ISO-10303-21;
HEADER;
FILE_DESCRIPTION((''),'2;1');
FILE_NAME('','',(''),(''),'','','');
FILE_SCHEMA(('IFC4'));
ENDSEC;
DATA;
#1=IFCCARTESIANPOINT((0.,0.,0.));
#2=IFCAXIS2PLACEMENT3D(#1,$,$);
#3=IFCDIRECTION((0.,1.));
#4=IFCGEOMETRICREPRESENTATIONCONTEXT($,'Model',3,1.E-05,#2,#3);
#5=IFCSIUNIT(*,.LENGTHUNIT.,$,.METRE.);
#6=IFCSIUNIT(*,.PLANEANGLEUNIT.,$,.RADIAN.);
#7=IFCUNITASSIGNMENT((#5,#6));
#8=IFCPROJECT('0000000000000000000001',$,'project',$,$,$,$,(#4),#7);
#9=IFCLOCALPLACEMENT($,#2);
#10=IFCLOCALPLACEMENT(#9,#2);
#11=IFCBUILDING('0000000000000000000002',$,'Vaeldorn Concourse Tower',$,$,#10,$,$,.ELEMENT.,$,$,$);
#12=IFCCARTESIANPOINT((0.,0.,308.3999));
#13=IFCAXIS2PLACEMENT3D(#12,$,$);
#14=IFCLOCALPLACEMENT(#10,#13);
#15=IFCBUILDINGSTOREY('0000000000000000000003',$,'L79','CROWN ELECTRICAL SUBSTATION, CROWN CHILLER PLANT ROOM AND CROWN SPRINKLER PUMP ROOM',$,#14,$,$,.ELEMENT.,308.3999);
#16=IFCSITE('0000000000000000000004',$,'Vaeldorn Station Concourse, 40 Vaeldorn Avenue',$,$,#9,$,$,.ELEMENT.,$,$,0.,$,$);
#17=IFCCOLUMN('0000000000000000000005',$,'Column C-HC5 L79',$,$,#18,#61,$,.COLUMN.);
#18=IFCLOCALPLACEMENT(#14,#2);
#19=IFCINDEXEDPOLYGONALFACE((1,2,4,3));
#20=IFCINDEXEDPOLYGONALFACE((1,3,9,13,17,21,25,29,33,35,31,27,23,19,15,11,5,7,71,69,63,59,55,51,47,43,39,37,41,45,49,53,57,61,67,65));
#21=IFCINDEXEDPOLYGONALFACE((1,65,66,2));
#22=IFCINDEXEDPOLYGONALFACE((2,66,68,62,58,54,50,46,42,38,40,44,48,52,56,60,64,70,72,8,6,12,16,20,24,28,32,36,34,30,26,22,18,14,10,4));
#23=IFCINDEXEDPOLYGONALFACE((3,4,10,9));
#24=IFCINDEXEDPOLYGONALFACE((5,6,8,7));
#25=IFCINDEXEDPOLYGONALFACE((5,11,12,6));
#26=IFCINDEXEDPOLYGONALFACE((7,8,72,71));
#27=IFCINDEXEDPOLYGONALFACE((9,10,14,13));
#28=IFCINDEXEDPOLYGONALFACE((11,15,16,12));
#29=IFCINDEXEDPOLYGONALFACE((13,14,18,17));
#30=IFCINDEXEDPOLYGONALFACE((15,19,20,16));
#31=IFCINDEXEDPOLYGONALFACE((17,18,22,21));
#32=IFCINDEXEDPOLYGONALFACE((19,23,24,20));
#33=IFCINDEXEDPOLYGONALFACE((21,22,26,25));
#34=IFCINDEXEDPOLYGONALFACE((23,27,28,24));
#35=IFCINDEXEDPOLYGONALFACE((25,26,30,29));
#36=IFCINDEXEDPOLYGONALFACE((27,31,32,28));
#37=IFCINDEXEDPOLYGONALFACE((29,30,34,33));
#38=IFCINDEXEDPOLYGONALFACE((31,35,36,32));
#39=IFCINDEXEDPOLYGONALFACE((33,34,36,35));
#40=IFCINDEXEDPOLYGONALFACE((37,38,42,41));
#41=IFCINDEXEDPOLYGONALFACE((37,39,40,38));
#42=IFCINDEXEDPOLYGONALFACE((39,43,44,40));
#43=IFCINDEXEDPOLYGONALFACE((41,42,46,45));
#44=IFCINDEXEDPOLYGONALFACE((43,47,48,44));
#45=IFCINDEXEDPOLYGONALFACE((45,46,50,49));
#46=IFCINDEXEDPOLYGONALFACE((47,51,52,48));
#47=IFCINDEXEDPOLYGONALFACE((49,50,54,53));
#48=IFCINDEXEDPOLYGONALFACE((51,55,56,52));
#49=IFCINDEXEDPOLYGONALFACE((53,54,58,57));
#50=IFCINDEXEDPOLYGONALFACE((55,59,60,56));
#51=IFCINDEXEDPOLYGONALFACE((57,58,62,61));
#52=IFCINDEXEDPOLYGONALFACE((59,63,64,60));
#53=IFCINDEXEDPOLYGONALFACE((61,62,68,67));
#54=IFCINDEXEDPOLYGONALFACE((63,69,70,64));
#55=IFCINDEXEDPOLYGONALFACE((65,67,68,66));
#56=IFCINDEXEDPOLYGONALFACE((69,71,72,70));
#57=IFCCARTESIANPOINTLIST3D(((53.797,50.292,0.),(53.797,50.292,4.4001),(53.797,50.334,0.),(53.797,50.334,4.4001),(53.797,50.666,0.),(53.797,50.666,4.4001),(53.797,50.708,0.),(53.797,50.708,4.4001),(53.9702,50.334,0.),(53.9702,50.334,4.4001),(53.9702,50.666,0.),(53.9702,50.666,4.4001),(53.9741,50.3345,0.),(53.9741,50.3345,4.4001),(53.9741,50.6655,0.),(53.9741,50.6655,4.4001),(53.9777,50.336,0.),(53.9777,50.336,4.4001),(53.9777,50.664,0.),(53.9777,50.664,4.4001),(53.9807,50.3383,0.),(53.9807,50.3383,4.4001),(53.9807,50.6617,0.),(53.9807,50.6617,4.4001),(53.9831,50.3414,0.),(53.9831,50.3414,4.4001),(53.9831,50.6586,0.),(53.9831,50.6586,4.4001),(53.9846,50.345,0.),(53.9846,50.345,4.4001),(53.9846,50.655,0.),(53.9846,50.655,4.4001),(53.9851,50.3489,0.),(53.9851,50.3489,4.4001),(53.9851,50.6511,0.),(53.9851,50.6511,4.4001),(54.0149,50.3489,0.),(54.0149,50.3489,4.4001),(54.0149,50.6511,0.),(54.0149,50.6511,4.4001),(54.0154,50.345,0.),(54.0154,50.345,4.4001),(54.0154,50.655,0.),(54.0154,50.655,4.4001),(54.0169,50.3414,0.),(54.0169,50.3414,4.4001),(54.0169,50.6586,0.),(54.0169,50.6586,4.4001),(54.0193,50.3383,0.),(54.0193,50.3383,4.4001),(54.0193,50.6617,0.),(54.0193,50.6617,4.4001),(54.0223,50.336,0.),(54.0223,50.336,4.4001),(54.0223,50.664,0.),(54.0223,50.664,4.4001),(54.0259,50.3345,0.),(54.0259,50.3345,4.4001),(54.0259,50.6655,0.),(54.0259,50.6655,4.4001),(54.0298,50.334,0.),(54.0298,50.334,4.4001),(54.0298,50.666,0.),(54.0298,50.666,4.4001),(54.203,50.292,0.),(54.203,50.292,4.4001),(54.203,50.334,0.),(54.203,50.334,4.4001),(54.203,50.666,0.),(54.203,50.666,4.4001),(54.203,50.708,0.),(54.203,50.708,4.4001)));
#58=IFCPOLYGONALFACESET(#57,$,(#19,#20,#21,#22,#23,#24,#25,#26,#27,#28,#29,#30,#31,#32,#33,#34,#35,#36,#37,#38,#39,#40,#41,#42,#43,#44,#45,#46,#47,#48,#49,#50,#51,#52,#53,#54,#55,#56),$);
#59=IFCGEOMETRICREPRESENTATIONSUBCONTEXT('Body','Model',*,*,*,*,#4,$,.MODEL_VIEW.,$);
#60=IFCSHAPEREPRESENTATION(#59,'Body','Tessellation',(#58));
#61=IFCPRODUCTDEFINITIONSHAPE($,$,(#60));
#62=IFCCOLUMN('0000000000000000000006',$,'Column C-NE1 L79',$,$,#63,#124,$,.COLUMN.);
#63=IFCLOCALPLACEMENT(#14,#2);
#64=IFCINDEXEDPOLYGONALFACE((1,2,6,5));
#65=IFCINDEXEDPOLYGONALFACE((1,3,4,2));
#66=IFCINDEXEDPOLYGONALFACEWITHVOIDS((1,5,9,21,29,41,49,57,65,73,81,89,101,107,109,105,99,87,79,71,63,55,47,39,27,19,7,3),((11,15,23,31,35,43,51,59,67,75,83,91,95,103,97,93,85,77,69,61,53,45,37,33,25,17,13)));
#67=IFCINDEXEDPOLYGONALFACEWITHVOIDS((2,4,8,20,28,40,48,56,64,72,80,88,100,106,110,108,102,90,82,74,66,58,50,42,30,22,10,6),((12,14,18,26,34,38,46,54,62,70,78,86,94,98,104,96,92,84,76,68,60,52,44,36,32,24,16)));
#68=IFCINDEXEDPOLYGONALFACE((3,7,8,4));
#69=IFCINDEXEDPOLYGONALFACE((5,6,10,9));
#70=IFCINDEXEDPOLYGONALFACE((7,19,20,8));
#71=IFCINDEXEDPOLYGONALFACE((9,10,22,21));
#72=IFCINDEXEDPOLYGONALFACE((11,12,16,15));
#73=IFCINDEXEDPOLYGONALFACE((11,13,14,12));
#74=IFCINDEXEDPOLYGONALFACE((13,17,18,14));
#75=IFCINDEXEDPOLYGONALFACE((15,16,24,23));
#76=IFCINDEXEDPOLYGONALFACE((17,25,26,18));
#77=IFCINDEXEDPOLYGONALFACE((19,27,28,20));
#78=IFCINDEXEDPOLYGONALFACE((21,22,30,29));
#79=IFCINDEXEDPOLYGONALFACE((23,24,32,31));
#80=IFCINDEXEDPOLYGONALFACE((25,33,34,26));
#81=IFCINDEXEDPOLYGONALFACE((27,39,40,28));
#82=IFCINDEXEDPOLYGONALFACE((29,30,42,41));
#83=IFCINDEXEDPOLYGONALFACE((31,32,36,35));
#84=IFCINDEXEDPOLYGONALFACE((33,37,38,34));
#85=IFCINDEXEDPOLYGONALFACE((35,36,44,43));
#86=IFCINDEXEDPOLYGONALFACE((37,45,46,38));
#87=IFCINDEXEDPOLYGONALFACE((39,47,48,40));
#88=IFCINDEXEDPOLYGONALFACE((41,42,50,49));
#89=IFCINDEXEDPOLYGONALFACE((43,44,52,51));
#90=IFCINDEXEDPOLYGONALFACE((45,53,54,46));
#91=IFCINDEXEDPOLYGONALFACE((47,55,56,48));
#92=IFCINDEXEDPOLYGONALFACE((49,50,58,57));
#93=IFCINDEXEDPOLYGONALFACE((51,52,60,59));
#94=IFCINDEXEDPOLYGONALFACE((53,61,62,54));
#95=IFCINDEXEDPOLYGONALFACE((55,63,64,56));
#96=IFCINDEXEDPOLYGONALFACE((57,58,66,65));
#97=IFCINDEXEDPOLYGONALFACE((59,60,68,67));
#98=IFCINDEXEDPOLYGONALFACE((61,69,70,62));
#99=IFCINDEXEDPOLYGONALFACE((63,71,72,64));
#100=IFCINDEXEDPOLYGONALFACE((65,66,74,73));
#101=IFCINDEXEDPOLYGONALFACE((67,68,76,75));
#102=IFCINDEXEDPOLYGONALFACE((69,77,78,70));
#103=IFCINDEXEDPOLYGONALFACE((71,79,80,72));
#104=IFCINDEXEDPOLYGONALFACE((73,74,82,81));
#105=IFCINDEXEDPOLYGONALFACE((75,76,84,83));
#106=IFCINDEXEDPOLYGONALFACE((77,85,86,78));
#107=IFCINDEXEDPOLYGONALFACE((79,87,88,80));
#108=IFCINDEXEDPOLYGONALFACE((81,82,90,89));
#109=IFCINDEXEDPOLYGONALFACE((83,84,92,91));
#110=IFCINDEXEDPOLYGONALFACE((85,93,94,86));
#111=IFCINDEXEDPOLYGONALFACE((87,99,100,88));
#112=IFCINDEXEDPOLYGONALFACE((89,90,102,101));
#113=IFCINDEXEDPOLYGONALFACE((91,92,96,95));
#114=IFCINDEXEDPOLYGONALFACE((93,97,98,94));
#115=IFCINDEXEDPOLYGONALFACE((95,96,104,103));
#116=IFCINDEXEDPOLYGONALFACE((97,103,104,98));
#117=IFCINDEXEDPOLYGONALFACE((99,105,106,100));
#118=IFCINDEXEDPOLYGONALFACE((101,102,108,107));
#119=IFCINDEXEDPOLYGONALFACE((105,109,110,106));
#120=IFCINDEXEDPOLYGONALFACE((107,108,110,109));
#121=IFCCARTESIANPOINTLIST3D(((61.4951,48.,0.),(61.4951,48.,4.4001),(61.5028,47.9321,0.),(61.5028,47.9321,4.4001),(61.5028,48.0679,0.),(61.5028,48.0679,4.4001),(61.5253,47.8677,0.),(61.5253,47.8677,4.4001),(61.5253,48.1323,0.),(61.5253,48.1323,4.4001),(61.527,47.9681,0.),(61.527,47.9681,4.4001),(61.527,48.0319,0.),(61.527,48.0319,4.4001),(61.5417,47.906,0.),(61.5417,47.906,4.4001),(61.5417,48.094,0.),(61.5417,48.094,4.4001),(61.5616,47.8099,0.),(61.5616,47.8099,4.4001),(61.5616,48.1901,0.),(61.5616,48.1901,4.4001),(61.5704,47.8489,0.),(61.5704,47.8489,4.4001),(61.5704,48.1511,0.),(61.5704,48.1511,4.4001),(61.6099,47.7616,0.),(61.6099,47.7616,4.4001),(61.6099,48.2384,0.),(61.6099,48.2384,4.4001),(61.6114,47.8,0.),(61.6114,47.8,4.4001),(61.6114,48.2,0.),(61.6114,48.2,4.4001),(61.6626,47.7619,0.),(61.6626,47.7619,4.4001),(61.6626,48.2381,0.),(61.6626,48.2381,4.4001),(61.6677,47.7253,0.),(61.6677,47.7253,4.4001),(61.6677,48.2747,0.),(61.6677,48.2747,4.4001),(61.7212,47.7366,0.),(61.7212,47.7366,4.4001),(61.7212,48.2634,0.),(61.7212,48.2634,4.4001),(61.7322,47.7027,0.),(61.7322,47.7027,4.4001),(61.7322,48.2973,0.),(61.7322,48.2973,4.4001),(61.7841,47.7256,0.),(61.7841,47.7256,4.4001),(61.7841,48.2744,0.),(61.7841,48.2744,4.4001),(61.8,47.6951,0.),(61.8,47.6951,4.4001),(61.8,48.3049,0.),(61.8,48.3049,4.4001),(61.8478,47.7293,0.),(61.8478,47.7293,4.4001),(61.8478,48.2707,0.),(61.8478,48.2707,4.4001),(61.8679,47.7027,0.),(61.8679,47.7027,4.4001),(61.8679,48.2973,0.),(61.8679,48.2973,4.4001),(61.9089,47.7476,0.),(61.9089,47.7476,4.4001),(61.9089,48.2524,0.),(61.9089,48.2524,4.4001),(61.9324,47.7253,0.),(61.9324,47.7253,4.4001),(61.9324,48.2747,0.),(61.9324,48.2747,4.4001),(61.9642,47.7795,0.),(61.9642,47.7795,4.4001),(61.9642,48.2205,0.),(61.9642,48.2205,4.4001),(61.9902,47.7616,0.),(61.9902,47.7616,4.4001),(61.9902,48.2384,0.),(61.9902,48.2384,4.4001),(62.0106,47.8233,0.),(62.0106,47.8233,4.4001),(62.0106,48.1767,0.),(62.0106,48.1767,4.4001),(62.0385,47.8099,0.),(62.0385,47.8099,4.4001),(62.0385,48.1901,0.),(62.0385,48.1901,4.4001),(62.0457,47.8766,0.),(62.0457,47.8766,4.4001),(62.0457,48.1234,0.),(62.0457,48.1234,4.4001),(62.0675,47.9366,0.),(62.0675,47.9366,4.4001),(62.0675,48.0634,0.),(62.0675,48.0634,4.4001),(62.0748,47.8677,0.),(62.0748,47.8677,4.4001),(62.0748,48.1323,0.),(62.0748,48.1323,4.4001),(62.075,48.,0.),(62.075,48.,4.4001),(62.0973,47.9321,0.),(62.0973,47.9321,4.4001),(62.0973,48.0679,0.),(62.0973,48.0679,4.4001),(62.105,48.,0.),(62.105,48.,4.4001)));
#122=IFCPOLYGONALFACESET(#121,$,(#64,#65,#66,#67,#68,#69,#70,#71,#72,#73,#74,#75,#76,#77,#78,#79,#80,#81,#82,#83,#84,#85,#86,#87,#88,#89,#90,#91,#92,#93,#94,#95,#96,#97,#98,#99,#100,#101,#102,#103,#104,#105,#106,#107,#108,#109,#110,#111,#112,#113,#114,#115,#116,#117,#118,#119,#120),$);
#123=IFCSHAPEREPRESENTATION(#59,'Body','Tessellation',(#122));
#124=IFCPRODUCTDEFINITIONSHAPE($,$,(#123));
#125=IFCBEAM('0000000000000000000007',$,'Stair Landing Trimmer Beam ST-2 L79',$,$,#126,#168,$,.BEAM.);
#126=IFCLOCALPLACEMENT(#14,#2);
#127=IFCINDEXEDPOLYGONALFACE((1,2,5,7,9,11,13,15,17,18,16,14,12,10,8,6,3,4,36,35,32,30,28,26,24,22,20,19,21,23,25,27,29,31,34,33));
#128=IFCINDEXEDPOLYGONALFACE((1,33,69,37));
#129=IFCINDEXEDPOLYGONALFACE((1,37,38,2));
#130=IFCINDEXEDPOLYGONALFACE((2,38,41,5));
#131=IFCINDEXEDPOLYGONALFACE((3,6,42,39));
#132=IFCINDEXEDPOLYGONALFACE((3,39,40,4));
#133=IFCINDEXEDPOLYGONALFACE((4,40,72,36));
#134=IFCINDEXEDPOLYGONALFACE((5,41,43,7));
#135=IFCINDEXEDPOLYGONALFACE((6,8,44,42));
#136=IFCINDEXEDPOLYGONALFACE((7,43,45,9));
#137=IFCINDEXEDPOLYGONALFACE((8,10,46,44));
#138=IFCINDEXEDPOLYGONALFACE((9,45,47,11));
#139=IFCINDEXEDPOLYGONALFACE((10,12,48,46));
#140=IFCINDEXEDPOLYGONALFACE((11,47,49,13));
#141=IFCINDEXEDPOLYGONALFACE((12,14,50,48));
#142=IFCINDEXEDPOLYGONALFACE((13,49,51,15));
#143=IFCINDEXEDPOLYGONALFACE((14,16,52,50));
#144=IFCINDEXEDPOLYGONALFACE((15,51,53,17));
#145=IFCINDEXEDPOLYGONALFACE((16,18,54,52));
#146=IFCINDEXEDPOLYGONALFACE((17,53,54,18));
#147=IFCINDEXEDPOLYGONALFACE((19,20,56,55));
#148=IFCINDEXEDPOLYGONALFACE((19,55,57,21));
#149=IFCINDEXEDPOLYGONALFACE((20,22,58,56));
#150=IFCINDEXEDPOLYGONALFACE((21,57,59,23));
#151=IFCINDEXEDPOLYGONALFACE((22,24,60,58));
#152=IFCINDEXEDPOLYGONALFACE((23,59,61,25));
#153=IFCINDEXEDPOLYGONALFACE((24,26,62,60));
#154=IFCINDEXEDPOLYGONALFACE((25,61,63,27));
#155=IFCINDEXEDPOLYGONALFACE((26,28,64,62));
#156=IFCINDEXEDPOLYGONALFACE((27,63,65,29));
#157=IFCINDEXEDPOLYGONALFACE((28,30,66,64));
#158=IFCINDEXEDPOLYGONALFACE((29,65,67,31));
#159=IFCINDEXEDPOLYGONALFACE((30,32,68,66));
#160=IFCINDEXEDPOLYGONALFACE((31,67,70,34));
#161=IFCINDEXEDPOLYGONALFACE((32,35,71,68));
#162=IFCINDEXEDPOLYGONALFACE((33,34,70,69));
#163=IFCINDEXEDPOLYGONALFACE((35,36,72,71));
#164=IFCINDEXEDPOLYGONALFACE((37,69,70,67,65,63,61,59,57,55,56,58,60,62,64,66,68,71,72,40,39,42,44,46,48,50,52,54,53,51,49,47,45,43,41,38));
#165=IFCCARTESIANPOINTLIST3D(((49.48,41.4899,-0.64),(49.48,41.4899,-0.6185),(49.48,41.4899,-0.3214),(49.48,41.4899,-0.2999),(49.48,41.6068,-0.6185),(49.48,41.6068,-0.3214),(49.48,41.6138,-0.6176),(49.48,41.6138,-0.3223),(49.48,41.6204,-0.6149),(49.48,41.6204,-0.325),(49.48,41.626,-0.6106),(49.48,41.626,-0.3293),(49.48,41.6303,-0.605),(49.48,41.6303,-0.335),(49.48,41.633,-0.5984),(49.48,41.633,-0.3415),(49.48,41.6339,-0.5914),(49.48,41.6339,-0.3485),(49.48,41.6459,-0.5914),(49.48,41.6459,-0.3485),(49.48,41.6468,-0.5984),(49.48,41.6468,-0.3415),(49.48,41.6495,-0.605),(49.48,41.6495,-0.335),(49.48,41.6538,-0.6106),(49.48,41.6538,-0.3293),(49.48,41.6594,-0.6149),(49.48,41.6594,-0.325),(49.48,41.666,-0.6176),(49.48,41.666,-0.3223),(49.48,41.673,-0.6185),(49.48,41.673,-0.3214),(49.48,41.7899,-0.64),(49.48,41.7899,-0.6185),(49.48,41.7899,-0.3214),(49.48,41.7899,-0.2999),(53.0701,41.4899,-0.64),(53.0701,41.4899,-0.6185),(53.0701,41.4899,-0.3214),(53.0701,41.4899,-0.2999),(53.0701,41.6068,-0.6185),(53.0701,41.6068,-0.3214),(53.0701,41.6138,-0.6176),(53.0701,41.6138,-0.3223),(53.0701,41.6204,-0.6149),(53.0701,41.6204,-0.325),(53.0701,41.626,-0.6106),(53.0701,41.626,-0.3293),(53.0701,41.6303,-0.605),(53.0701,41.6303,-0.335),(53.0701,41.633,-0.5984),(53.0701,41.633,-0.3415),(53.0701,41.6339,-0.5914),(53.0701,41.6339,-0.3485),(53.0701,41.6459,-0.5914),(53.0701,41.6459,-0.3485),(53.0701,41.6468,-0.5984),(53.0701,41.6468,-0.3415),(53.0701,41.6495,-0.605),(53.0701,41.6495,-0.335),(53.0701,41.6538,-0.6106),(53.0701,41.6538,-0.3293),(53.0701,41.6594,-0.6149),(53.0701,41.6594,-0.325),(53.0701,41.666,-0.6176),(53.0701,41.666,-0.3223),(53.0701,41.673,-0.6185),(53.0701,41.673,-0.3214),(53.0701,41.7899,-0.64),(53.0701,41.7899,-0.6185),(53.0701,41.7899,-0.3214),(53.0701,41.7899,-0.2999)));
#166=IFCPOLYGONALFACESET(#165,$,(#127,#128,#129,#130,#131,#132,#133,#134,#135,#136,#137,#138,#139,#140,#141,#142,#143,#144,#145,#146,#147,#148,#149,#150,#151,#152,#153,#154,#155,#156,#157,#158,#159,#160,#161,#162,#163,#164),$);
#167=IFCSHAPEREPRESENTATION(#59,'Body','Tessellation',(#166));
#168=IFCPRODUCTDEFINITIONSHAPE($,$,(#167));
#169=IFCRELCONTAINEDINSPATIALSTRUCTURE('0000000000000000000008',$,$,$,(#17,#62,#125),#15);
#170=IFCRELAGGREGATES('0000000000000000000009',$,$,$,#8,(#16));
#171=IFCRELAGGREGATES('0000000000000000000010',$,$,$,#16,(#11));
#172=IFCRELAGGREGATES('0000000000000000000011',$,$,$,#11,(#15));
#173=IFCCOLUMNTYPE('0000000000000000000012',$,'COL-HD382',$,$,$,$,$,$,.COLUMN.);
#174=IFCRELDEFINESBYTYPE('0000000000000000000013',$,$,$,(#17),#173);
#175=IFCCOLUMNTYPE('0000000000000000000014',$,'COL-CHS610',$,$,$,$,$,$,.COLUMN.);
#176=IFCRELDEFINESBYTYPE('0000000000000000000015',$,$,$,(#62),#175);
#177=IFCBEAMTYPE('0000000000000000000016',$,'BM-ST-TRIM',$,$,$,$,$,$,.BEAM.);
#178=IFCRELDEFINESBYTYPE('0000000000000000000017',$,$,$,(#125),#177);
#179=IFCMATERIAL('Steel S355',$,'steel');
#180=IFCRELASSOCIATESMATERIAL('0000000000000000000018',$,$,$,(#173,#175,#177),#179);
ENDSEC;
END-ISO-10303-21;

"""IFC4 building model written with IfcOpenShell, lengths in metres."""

from ifc_helpers import new_model, si_unit, direction, frame, origin, origin_2d, place, context, subcontext, project, spatial, hollow_circle, i_section, extrude, source, transform, mapped, material, material_profile, profile_set, type_object, element, save


model = new_model("IFC4")

# Units and contexts
model_context = context("Model", 3, precision=1e-05, world=origin(), true_north=direction((0.0, 1.0)))
body_context = subcontext(model_context, "Body", "Model", "MODEL_VIEW")
ifc_project = project(units=[si_unit("LENGTHUNIT", "METRE"), si_unit("PLANEANGLEUNIT", "RADIAN")], contexts=[model_context])

# Site, building, storey
site_placement = place(None, origin())
site = spatial("IfcSite", under=ifc_project, at=site_placement, Name="Vaeldorn Station Concourse, 40 Vaeldorn Avenue", CompositionType="ELEMENT", RefElevation=0.0)
building_placement = place(site_placement, origin())
building = spatial("IfcBuilding", under=site, at=building_placement, Name="Vaeldorn Concourse Tower", CompositionType="ELEMENT")
storey_placement = place(building_placement, frame((0.0, 0.0, 308.3999)))
storey = spatial("IfcBuildingStorey", under=building, at=storey_placement, Name="L79", Description="CROWN ELECTRICAL SUBSTATION, CROWN CHILLER PLANT ROOM AND CROWN SPRINKLER PUMP ROOM", CompositionType="ELEMENT", Elevation=308.3999)

# Columns
ifc_material_1 = material(Name="Steel S355", Category="steel")
ifc_material_profile_1 = material_profile(ifc_material_1, i_section(OverallWidth=0.406, OverallDepth=0.416, WebThickness=0.0298, FlangeThickness=0.042, FilletRadius=0.0149, at=origin_2d()), Name="HD 400x382")
ifc_profile_set_1 = profile_set([ifc_material_profile_1], Name="Steel S355")
column_type_1 = type_object("IfcColumnType", Name="COL-HD382", PredefinedType="COLUMN", material=ifc_profile_set_1)
shared_shape_1 = source(origin(), body_context, "Body", "SweptSolid", [
    extrude(i_section(OverallWidth=0.406, OverallDepth=0.416, WebThickness=0.0298, FlangeThickness=0.042, FilletRadius=0.0149, at=origin_2d()), origin(), (0.0, 0.0, 1.0), 4.4001),
])
column_1_placement = place(storey_placement, frame((54.0, 50.5, 0.0), z_axis=(0.0, 0.0, 1.0), x_axis=(1.0, 0.0, 0.0)))
element("IfcColumn", 1, at=column_1_placement, inside=storey, type_object=column_type_1, Name="Column C-HC5 L79", PredefinedType="COLUMN", context=body_context, shape_type="MappedRepresentation", body=[
    mapped(shared_shape_1, transform((0.0, 0.0, 0.0), scale=1.0)),
])
ifc_material_profile_2 = material_profile(ifc_material_1, hollow_circle(Radius=0.3049, WallThickness=0.03, at=origin_2d()), Name="CHS 610x30")
ifc_profile_set_2 = profile_set([ifc_material_profile_2], Name="Steel S355")
column_type_2 = type_object("IfcColumnType", Name="COL-CHS610", PredefinedType="COLUMN", material=ifc_profile_set_2)
shared_shape_2 = source(origin(), body_context, "Body", "SweptSolid", [
    extrude(hollow_circle(Radius=0.3049, WallThickness=0.03, at=origin_2d()), origin(), (0.0, 0.0, 1.0), 4.4001),
])
column_2_placement = place(storey_placement, frame((61.8, 48.0, 0.0), z_axis=(0.0, 0.0, 1.0), x_axis=(1.0, 0.0, 0.0)))
element("IfcColumn", 2, at=column_2_placement, inside=storey, type_object=column_type_2, Name="Column C-NE1 L79", PredefinedType="COLUMN", context=body_context, shape_type="MappedRepresentation", body=[
    mapped(shared_shape_2, transform((0.0, 0.0, 0.0), scale=1.0)),
])

# Beam
ifc_material_profile_3 = material_profile(ifc_material_1, i_section(OverallWidth=0.3, OverallDepth=0.3401, WebThickness=0.012, FlangeThickness=0.0215, FilletRadius=0.0271, at=origin_2d()), Name="HEB 340")
ifc_profile_set_3 = profile_set([ifc_material_profile_3], Name="Steel S355")
beam_type_1 = type_object("IfcBeamType", Name="BM-ST-TRIM", PredefinedType="BEAM", material=ifc_profile_set_3)
shared_shape_3 = source(origin(), body_context, "Body", "SweptSolid", [
    extrude(i_section(OverallWidth=0.3, OverallDepth=0.3401, WebThickness=0.012, FlangeThickness=0.0215, FilletRadius=0.0271, at=origin_2d()), origin(), (0.0, 0.0, 1.0), 3.5901),
])
beam_1_placement = place(storey_placement, frame((49.48, 41.6399, -0.47), z_axis=(1.0, 0.0, 0.0), x_axis=(0.0, 1.0, 0.0)))
element("IfcBeam", 3, at=beam_1_placement, inside=storey, type_object=beam_type_1, Name="Stair Landing Trimmer Beam ST-2 L79", PredefinedType="BEAM", context=body_context, shape_type="MappedRepresentation", body=[
    mapped(shared_shape_3, transform((0.0, 0.0, 0.0), scale=1.0)),
])

save(model, "model.ifc")
